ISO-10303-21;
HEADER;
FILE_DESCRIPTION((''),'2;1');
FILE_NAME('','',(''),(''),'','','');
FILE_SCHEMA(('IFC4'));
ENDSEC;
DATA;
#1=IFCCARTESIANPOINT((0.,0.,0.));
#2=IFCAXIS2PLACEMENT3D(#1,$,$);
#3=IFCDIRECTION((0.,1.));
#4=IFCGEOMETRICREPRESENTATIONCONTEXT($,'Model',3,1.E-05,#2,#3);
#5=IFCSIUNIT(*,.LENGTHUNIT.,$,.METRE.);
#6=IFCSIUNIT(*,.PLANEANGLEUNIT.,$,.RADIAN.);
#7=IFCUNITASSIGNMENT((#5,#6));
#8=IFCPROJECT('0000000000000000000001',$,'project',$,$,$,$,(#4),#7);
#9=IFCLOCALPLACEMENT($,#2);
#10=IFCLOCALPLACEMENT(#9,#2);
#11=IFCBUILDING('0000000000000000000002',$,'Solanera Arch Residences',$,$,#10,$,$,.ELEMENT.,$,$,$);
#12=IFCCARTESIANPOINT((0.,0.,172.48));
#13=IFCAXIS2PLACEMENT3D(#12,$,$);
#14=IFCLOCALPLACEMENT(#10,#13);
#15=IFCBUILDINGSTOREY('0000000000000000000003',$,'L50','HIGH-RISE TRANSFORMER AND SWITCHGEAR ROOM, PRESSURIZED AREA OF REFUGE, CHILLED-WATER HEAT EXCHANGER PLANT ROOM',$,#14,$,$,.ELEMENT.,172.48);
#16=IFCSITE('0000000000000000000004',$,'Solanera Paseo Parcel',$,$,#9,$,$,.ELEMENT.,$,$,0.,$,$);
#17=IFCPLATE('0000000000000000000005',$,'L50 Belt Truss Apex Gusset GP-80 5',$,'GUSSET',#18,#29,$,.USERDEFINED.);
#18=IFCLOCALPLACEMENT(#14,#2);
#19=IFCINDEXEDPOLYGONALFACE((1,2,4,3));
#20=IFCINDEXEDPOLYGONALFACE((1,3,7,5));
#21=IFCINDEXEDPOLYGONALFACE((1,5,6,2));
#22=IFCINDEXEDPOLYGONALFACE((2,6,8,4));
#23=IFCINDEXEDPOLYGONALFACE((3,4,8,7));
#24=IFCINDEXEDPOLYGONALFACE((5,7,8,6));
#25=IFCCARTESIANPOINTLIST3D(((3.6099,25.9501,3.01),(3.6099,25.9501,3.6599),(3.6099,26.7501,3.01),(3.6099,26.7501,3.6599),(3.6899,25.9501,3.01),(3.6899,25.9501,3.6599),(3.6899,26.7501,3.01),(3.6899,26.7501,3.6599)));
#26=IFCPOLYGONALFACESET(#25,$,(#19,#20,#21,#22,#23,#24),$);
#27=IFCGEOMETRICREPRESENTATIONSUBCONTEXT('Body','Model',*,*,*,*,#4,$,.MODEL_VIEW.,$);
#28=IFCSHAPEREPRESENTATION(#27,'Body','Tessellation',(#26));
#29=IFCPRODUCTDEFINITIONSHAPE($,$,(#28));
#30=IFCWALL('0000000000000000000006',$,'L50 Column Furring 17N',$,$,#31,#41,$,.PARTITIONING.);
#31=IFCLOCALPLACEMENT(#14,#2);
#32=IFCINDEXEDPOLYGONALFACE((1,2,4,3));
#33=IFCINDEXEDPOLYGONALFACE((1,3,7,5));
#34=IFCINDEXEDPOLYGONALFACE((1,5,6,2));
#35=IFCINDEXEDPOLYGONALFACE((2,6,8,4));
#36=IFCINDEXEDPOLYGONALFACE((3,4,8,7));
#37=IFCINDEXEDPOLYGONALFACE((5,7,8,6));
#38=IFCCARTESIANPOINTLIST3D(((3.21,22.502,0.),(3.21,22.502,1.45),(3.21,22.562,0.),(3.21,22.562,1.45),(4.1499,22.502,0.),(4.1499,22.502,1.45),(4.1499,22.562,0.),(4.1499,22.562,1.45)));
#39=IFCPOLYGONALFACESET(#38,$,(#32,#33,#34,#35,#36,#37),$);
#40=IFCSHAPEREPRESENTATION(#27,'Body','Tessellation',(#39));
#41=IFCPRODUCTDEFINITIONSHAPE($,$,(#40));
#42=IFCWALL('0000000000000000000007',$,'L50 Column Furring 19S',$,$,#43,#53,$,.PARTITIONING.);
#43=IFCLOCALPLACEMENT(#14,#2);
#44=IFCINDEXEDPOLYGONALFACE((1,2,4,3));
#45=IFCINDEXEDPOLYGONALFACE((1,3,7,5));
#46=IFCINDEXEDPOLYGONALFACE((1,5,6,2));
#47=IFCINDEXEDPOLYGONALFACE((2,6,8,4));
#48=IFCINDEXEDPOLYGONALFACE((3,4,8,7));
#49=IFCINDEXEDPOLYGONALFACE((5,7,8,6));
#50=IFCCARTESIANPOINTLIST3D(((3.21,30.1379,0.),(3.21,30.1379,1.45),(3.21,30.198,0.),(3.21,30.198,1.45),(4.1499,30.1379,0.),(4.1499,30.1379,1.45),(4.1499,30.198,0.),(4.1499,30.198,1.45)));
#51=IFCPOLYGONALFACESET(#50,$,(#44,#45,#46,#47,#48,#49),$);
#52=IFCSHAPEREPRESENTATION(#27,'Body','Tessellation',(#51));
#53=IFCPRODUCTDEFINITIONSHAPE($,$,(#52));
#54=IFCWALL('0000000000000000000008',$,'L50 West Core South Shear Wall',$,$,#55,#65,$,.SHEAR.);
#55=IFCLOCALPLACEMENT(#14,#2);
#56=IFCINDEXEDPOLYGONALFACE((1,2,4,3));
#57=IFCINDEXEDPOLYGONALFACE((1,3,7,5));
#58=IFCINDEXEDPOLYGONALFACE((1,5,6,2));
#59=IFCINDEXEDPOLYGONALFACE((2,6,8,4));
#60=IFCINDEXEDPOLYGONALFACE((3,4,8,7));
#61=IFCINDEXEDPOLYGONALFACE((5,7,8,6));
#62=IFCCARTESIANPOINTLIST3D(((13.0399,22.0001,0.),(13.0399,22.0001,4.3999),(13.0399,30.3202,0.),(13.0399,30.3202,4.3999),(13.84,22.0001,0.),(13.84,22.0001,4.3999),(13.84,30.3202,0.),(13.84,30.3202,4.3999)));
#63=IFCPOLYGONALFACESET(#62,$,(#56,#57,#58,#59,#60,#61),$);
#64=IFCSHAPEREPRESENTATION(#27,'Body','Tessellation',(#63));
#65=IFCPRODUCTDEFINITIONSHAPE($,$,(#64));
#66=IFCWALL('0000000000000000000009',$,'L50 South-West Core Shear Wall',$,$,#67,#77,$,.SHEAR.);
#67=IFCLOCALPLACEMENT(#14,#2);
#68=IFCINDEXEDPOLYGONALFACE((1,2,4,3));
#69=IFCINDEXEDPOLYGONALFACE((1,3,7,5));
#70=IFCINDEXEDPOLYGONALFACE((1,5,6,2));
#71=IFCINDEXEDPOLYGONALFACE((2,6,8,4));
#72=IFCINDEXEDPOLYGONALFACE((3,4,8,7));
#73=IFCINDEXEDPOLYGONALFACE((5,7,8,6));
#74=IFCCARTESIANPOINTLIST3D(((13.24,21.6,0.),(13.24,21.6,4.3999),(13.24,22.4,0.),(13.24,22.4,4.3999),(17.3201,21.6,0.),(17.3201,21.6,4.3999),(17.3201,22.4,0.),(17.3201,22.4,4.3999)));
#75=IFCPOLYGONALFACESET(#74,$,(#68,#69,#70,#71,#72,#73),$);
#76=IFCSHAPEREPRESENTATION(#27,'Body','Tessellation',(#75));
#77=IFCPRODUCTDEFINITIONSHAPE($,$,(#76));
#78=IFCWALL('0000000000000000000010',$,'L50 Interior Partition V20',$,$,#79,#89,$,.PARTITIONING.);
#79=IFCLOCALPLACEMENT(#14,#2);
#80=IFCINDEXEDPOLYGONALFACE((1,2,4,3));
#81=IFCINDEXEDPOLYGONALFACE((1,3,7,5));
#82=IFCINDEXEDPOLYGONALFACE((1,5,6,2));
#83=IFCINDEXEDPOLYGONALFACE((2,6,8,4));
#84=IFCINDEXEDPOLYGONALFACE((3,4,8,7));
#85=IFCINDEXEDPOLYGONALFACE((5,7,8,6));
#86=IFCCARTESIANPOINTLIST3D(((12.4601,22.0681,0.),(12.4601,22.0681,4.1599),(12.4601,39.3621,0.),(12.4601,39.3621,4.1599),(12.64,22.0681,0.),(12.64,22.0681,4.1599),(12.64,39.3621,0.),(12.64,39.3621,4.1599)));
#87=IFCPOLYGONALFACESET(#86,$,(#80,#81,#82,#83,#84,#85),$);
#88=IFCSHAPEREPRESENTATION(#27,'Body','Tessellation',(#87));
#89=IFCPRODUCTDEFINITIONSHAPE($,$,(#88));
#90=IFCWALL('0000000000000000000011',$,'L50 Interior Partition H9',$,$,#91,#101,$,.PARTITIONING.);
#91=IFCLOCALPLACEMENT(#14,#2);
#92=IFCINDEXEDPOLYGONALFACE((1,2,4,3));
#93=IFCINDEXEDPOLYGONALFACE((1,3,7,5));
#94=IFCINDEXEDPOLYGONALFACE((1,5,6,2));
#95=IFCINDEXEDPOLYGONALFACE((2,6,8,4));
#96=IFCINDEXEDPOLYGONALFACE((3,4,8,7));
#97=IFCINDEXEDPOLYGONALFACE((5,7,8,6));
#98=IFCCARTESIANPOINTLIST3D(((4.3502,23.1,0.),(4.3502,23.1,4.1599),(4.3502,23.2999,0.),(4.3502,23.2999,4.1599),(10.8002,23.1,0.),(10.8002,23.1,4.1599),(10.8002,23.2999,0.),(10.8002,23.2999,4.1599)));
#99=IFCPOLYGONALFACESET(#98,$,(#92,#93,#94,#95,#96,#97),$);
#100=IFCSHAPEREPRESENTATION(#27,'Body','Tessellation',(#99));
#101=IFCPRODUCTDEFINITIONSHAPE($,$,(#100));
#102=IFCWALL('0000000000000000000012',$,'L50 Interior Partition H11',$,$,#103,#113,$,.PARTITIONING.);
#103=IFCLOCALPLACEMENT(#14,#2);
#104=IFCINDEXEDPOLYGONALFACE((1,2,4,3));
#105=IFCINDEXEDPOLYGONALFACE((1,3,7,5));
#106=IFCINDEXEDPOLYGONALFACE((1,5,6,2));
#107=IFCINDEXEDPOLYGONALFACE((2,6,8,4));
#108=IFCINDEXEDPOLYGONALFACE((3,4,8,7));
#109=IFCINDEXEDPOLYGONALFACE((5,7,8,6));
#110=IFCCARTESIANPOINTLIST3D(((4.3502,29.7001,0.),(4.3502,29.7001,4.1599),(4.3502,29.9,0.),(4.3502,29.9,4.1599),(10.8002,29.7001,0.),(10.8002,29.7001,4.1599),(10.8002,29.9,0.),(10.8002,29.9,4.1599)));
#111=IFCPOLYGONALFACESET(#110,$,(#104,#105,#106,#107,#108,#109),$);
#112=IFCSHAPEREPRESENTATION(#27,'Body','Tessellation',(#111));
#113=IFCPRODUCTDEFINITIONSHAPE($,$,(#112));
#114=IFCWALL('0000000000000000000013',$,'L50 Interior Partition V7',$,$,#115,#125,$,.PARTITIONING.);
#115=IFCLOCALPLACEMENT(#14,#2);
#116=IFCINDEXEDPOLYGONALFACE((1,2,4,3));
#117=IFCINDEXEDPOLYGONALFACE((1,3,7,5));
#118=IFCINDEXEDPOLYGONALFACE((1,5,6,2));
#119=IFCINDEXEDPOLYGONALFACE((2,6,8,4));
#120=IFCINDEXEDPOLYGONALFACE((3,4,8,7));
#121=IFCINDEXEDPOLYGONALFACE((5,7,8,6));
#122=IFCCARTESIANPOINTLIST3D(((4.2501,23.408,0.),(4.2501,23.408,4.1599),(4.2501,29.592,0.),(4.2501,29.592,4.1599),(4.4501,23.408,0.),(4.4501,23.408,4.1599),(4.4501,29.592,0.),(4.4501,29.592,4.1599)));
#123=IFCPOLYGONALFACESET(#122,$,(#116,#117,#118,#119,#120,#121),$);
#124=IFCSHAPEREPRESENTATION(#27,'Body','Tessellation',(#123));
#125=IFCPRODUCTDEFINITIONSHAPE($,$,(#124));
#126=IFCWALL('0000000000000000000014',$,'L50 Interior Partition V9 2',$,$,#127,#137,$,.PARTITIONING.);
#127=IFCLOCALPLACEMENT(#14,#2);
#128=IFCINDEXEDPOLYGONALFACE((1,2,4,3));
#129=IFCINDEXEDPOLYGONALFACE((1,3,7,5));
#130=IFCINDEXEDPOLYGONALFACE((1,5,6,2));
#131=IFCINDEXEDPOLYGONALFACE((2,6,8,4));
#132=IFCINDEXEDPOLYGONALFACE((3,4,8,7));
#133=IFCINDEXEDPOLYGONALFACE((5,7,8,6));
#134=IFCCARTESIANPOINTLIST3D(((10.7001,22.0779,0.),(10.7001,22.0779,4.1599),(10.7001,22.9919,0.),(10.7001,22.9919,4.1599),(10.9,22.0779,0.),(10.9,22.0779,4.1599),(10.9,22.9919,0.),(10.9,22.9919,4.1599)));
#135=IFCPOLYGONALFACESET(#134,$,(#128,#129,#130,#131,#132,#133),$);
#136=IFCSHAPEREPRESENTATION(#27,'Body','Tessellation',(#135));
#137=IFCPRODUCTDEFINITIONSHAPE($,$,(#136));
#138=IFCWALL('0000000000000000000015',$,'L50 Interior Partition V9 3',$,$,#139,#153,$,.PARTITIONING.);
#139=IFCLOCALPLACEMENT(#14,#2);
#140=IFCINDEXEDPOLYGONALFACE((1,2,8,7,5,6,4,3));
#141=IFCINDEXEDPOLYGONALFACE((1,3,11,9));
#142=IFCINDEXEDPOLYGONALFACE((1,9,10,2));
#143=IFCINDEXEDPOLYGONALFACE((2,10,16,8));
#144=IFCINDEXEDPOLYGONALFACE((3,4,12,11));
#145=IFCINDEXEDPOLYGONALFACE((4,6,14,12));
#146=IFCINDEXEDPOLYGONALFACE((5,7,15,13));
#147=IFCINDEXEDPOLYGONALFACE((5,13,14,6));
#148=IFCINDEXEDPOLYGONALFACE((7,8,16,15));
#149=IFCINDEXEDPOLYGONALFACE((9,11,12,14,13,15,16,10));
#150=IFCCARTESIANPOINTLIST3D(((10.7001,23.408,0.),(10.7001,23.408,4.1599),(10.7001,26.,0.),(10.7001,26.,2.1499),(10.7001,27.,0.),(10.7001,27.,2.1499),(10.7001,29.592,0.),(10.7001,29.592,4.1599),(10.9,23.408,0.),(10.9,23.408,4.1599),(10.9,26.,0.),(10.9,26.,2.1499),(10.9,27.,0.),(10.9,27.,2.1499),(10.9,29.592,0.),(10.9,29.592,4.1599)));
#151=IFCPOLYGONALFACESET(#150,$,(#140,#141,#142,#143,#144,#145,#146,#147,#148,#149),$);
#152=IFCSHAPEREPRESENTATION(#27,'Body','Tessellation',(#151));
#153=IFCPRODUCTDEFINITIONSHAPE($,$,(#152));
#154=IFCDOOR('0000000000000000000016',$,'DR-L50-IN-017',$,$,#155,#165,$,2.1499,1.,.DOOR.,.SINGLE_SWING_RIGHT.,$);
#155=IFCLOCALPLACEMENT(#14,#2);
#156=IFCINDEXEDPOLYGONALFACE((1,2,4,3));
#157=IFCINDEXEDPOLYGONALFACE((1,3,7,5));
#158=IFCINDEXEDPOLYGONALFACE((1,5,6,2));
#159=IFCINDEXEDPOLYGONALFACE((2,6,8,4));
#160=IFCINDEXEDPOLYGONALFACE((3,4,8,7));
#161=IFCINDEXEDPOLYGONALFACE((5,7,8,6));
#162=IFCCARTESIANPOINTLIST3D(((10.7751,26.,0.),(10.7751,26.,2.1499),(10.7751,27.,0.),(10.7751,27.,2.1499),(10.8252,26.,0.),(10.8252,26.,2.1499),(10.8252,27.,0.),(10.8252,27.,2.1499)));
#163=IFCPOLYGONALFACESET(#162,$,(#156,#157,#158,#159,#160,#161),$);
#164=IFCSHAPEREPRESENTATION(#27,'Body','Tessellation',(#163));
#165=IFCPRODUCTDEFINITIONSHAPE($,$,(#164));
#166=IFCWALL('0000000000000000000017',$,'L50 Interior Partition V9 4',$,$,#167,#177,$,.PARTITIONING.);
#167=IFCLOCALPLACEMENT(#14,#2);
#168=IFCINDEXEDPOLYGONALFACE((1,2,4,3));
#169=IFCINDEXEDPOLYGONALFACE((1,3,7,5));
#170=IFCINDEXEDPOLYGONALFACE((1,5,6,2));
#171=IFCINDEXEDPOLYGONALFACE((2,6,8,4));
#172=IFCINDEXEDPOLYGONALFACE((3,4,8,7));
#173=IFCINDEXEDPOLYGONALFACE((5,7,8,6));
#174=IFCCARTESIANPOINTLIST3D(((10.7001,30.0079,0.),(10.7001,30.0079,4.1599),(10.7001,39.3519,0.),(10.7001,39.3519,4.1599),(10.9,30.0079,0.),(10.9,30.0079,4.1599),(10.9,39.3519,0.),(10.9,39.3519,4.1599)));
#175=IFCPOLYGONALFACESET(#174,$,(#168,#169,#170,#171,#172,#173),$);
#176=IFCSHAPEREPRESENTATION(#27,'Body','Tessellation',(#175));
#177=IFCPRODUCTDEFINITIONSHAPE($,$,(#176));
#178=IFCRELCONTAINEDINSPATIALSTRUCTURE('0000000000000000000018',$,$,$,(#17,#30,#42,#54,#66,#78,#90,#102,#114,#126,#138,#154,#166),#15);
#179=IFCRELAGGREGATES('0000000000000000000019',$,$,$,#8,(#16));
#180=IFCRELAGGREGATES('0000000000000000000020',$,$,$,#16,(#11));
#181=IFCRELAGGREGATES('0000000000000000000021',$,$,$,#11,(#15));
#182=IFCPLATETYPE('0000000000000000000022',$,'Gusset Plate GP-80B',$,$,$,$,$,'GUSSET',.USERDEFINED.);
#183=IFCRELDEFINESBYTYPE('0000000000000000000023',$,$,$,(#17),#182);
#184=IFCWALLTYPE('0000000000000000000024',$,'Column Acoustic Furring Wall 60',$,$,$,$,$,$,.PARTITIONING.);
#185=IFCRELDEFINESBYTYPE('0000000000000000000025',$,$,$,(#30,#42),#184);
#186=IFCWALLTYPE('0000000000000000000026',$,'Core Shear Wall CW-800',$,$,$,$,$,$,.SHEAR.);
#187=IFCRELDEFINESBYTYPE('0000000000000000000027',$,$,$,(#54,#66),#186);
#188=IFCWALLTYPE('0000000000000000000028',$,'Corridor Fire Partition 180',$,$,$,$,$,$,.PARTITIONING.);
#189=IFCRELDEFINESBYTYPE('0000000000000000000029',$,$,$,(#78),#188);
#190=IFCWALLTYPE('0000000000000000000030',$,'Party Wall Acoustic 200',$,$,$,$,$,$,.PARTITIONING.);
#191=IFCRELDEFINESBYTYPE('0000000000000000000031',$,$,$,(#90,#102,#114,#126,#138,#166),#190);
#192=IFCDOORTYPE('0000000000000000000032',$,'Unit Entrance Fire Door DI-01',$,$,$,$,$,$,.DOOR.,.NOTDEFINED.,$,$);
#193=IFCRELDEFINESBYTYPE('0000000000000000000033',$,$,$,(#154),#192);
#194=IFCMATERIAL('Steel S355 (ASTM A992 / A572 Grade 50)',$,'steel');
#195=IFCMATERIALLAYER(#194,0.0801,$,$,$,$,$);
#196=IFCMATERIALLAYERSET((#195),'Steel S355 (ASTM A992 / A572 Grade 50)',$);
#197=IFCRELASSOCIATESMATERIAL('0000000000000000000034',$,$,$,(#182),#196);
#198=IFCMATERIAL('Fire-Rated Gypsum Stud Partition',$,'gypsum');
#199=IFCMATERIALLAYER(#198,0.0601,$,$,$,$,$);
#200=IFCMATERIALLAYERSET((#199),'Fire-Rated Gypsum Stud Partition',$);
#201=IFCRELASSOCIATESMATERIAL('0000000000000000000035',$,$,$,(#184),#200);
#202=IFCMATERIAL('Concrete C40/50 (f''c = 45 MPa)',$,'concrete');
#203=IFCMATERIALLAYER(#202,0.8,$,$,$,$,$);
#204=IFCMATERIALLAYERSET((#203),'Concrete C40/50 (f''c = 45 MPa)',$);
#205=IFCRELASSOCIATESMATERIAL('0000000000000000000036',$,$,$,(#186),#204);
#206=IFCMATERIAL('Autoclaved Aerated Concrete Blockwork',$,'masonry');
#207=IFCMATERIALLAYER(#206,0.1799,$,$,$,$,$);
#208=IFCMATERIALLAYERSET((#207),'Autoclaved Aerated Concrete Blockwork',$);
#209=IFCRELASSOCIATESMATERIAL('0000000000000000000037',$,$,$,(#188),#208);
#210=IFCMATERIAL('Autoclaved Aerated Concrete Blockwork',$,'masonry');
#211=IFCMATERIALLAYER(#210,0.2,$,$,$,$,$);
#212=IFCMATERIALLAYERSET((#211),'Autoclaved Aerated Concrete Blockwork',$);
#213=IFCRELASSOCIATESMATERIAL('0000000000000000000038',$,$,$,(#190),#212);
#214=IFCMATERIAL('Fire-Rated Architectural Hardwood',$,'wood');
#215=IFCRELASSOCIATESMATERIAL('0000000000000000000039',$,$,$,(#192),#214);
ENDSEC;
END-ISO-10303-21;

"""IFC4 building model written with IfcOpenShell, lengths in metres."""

from ifc_helpers import new_model, si_unit, direction, frame, frame_2d, origin, origin_2d, place, context, subcontext, project, spatial, rectangle, extrude, material, layer, layer_set, type_object, element, fill, save


model = new_model("IFC4")

# Units and contexts
model_context = context("Model", 3, precision=1e-05, world=origin(), true_north=direction((0.0, 1.0)))
body_context = subcontext(model_context, "Body", "Model", "MODEL_VIEW")
ifc_project = project(units=[si_unit("LENGTHUNIT", "METRE"), si_unit("PLANEANGLEUNIT", "RADIAN")], contexts=[model_context])

# Site, building, storey
site_placement = place(None, origin())
site = spatial("IfcSite", under=ifc_project, at=site_placement, Name="Solanera Paseo Parcel", CompositionType="ELEMENT", RefElevation=0.0)
building_placement = place(site_placement, origin())
building = spatial("IfcBuilding", under=site, at=building_placement, Name="Solanera Arch Residences", CompositionType="ELEMENT")
storey_placement = place(building_placement, frame((0.0, 0.0, 172.48)))
storey = spatial("IfcBuildingStorey", under=building, at=storey_placement, Name="L50", Description="HIGH-RISE TRANSFORMER AND SWITCHGEAR ROOM, PRESSURIZED AREA OF REFUGE, CHILLED-WATER HEAT EXCHANGER PLANT ROOM", CompositionType="ELEMENT", Elevation=172.48)

# Plate
ifc_material_1 = material(Name="Steel S355 (ASTM A992 / A572 Grade 50)", Category="steel")
ifc_layer_1 = layer(ifc_material_1, 0.0801)
ifc_layer_set_1 = layer_set([ifc_layer_1], Name="Steel S355 (ASTM A992 / A572 Grade 50)")
plate_type_1 = type_object("IfcPlateType", Name="Gusset Plate GP-80B", ElementType="GUSSET", PredefinedType="USERDEFINED", material=ifc_layer_set_1)
plate_1_placement = place(storey_placement, frame((3.6499, 26.3501, 3.01), z_axis=(0.0, 0.0, 1.0), x_axis=(1.0, 0.0, 0.0)))
element("IfcPlate", 1, at=plate_1_placement, inside=storey, type_object=plate_type_1, Name="L50 Belt Truss Apex Gusset GP-80 5", ObjectType="GUSSET", PredefinedType="USERDEFINED", context=body_context, shape_type="SweptSolid", body=[
    extrude(rectangle(XDim=0.0801, YDim=0.8, at=origin_2d()), origin(), (0.0, 0.0, 1.0), 0.6499),
])

# Walls
ifc_material_2 = material(Name="Fire-Rated Gypsum Stud Partition", Category="gypsum")
ifc_layer_2 = layer(ifc_material_2, 0.0601)
ifc_layer_set_2 = layer_set([ifc_layer_2], Name="Fire-Rated Gypsum Stud Partition")
wall_type_1 = type_object("IfcWallType", Name="Column Acoustic Furring Wall 60", PredefinedType="PARTITIONING", material=ifc_layer_set_2)
for number, where, z_axis, x_axis, name in (
    (2, (3.21, 22.532, 0.0), (0.0, 0.0, 1.0), (1.0, 0.0, 0.0), "L50 Column Furring 17N"),
    (3, (3.21, 30.168, 0.0), (0.0, 0.0, 1.0), (1.0, 0.0, 0.0), "L50 Column Furring 19S"),
):
    element("IfcWall", number, at=place(storey_placement, frame(where, z_axis=z_axis, x_axis=x_axis)), inside=storey, type_object=wall_type_1, Name=name, PredefinedType="PARTITIONING", context=body_context, shape_type="SweptSolid", body=[
        extrude(rectangle(XDim=0.9399, YDim=0.0601, at=frame_2d((0.47, 0.0))), origin(), (0.0, 0.0, 1.0), 1.45),
    ])
ifc_material_3 = material(Name="Concrete C40/50 (f'c = 45 MPa)", Category="concrete")
ifc_layer_3 = layer(ifc_material_3, 0.8)
ifc_layer_set_3 = layer_set([ifc_layer_3], Name="Concrete C40/50 (f'c = 45 MPa)")
wall_type_2 = type_object("IfcWallType", Name="Core Shear Wall CW-800", PredefinedType="SHEAR", material=ifc_layer_set_3)
wall_1_placement = place(storey_placement, frame((13.4399, 22.0, 0.0), z_axis=(0.0, 0.0, 1.0), x_axis=(0.0, 1.0, 0.0)))
element("IfcWall", 4, at=wall_1_placement, inside=storey, type_object=wall_type_2, Name="L50 West Core South Shear Wall", PredefinedType="SHEAR", context=body_context, shape_type="SweptSolid", body=[
    extrude(rectangle(XDim=8.3201, YDim=0.8, at=frame_2d((4.1602, 0.0))), origin(), (0.0, 0.0, 1.0), 4.3999),
])
wall_2_placement = place(storey_placement, frame((13.24, 22.0, 0.0), z_axis=(0.0, 0.0, 1.0), x_axis=(1.0, 0.0, 0.0)))
element("IfcWall", 5, at=wall_2_placement, inside=storey, type_object=wall_type_2, Name="L50 South-West Core Shear Wall", PredefinedType="SHEAR", context=body_context, shape_type="SweptSolid", body=[
    extrude(rectangle(XDim=4.0801, YDim=0.8, at=frame_2d((2.04, 0.0))), origin(), (0.0, 0.0, 1.0), 4.3999),
])
ifc_material_4 = material(Name="Autoclaved Aerated Concrete Blockwork", Category="masonry")
ifc_layer_4 = layer(ifc_material_4, 0.1799)
ifc_layer_set_4 = layer_set([ifc_layer_4], Name="Autoclaved Aerated Concrete Blockwork")
wall_type_3 = type_object("IfcWallType", Name="Corridor Fire Partition 180", PredefinedType="PARTITIONING", material=ifc_layer_set_4)
wall_3_placement = place(storey_placement, frame((12.55, 22.0681, 0.0), z_axis=(0.0, 0.0, 1.0), x_axis=(0.0, 1.0, 0.0)))
element("IfcWall", 6, at=wall_3_placement, inside=storey, type_object=wall_type_3, Name="L50 Interior Partition V20", PredefinedType="PARTITIONING", context=body_context, shape_type="SweptSolid", body=[
    extrude(rectangle(XDim=17.2939, YDim=0.1799, at=frame_2d((8.647, 0.0))), origin(), (0.0, 0.0, 1.0), 4.1599),
])
ifc_material_5 = material(Name="Autoclaved Aerated Concrete Blockwork", Category="masonry")
ifc_layer_5 = layer(ifc_material_5, 0.2)
ifc_layer_set_5 = layer_set([ifc_layer_5], Name="Autoclaved Aerated Concrete Blockwork")
wall_type_4 = type_object("IfcWallType", Name="Party Wall Acoustic 200", PredefinedType="PARTITIONING", material=ifc_layer_set_5)
for number, where, z_axis, x_axis, name in (
    (7, (4.3501, 23.2, 0.0), (0.0, 0.0, 1.0), (1.0, 0.0, 0.0), "L50 Interior Partition H9"),
    (8, (4.3501, 29.8, 0.0), (0.0, 0.0, 1.0), (1.0, 0.0, 0.0), "L50 Interior Partition H11"),
):
    element("IfcWall", number, at=place(storey_placement, frame(where, z_axis=z_axis, x_axis=x_axis)), inside=storey, type_object=wall_type_4, Name=name, PredefinedType="PARTITIONING", context=body_context, shape_type="SweptSolid", body=[
        extrude(rectangle(XDim=6.45, YDim=0.2, at=frame_2d((3.2251, 0.0))), origin(), (0.0, 0.0, 1.0), 4.1599),
    ])
wall_4_placement = place(storey_placement, frame((4.3501, 23.408, 0.0), z_axis=(0.0, 0.0, 1.0), x_axis=(0.0, 1.0, 0.0)))
element("IfcWall", 9, at=wall_4_placement, inside=storey, type_object=wall_type_4, Name="L50 Interior Partition V7", PredefinedType="PARTITIONING", context=body_context, shape_type="SweptSolid", body=[
    extrude(rectangle(XDim=6.1841, YDim=0.2, at=frame_2d((3.092, 0.0))), origin(), (0.0, 0.0, 1.0), 4.1599),
])
wall_5_placement = place(storey_placement, frame((10.8, 22.0779, 0.0), z_axis=(0.0, 0.0, 1.0), x_axis=(0.0, 1.0, 0.0)))
element("IfcWall", 10, at=wall_5_placement, inside=storey, type_object=wall_type_4, Name="L50 Interior Partition V9 2", PredefinedType="PARTITIONING", context=body_context, shape_type="SweptSolid", body=[
    extrude(rectangle(XDim=0.9141, YDim=0.2, at=frame_2d((0.457, 0.0))), origin(), (0.0, 0.0, 1.0), 4.1599),
])

# Wall, opening, door
wall_6_placement = place(storey_placement, frame((10.8, 23.408, 0.0), z_axis=(0.0, 0.0, 1.0), x_axis=(0.0, 1.0, 0.0)))
wall_6 = element("IfcWall", 11, at=wall_6_placement, inside=storey, type_object=wall_type_4, Name="L50 Interior Partition V9 3", PredefinedType="PARTITIONING", context=body_context, shape_type="SweptSolid", body=[
    extrude(rectangle(XDim=6.1841, YDim=0.2, at=frame_2d((3.092, 0.0))), origin(), (0.0, 0.0, 1.0), 4.1599),
])
opening_1_placement = place(wall_6_placement, frame((2.592, 0.0, 0.0)))
opening_1 = element("IfcOpeningElement", 12, at=opening_1_placement, cuts=wall_6, PredefinedType="OPENING", context=body_context, shape_type="SweptSolid", body=[
    extrude(rectangle(XDim=1.0, YDim=2.1499, at=frame_2d((0.5, 1.075))), frame((0.0, 0.1101, 0.0), z_axis=(0.0, -1.0, 0.0), x_axis=(1.0, 0.0, 0.0)), (0.0, 0.0, 1.0), 0.22),
])
ifc_material_6 = material(Name="Fire-Rated Architectural Hardwood", Category="wood")
door_type_1 = type_object("IfcDoorType", Name="Unit Entrance Fire Door DI-01", OperationType="NOTDEFINED", PredefinedType="DOOR", material=ifc_material_6)
door_1_placement = place(opening_1_placement, origin())
door_1 = element("IfcDoor", 13, at=door_1_placement, inside=storey, type_object=door_type_1, Name="DR-L50-IN-017", OperationType="SINGLE_SWING_RIGHT", OverallHeight=2.1499, OverallWidth=1.0, PredefinedType="DOOR", context=body_context, shape_type="SweptSolid", body=[
    extrude(rectangle(XDim=1.0, YDim=2.1499, at=frame_2d((0.5, 1.075))), frame((0.0, 0.0249, 0.0), z_axis=(0.0, -1.0, 0.0), x_axis=(1.0, 0.0, 0.0)), (0.0, 0.0, 1.0), 0.05),
])
fill(opening_1, door_1)

# Wall
wall_7_placement = place(storey_placement, frame((10.8, 30.0081, 0.0), z_axis=(0.0, 0.0, 1.0), x_axis=(0.0, 1.0, 0.0)))
element("IfcWall", 14, at=wall_7_placement, inside=storey, type_object=wall_type_4, Name="L50 Interior Partition V9 4", PredefinedType="PARTITIONING", context=body_context, shape_type="SweptSolid", body=[
    extrude(rectangle(XDim=9.344, YDim=0.2, at=frame_2d((4.6719, 0.0))), origin(), (0.0, 0.0, 1.0), 4.1599),
])

save(model, "model.ifc")
